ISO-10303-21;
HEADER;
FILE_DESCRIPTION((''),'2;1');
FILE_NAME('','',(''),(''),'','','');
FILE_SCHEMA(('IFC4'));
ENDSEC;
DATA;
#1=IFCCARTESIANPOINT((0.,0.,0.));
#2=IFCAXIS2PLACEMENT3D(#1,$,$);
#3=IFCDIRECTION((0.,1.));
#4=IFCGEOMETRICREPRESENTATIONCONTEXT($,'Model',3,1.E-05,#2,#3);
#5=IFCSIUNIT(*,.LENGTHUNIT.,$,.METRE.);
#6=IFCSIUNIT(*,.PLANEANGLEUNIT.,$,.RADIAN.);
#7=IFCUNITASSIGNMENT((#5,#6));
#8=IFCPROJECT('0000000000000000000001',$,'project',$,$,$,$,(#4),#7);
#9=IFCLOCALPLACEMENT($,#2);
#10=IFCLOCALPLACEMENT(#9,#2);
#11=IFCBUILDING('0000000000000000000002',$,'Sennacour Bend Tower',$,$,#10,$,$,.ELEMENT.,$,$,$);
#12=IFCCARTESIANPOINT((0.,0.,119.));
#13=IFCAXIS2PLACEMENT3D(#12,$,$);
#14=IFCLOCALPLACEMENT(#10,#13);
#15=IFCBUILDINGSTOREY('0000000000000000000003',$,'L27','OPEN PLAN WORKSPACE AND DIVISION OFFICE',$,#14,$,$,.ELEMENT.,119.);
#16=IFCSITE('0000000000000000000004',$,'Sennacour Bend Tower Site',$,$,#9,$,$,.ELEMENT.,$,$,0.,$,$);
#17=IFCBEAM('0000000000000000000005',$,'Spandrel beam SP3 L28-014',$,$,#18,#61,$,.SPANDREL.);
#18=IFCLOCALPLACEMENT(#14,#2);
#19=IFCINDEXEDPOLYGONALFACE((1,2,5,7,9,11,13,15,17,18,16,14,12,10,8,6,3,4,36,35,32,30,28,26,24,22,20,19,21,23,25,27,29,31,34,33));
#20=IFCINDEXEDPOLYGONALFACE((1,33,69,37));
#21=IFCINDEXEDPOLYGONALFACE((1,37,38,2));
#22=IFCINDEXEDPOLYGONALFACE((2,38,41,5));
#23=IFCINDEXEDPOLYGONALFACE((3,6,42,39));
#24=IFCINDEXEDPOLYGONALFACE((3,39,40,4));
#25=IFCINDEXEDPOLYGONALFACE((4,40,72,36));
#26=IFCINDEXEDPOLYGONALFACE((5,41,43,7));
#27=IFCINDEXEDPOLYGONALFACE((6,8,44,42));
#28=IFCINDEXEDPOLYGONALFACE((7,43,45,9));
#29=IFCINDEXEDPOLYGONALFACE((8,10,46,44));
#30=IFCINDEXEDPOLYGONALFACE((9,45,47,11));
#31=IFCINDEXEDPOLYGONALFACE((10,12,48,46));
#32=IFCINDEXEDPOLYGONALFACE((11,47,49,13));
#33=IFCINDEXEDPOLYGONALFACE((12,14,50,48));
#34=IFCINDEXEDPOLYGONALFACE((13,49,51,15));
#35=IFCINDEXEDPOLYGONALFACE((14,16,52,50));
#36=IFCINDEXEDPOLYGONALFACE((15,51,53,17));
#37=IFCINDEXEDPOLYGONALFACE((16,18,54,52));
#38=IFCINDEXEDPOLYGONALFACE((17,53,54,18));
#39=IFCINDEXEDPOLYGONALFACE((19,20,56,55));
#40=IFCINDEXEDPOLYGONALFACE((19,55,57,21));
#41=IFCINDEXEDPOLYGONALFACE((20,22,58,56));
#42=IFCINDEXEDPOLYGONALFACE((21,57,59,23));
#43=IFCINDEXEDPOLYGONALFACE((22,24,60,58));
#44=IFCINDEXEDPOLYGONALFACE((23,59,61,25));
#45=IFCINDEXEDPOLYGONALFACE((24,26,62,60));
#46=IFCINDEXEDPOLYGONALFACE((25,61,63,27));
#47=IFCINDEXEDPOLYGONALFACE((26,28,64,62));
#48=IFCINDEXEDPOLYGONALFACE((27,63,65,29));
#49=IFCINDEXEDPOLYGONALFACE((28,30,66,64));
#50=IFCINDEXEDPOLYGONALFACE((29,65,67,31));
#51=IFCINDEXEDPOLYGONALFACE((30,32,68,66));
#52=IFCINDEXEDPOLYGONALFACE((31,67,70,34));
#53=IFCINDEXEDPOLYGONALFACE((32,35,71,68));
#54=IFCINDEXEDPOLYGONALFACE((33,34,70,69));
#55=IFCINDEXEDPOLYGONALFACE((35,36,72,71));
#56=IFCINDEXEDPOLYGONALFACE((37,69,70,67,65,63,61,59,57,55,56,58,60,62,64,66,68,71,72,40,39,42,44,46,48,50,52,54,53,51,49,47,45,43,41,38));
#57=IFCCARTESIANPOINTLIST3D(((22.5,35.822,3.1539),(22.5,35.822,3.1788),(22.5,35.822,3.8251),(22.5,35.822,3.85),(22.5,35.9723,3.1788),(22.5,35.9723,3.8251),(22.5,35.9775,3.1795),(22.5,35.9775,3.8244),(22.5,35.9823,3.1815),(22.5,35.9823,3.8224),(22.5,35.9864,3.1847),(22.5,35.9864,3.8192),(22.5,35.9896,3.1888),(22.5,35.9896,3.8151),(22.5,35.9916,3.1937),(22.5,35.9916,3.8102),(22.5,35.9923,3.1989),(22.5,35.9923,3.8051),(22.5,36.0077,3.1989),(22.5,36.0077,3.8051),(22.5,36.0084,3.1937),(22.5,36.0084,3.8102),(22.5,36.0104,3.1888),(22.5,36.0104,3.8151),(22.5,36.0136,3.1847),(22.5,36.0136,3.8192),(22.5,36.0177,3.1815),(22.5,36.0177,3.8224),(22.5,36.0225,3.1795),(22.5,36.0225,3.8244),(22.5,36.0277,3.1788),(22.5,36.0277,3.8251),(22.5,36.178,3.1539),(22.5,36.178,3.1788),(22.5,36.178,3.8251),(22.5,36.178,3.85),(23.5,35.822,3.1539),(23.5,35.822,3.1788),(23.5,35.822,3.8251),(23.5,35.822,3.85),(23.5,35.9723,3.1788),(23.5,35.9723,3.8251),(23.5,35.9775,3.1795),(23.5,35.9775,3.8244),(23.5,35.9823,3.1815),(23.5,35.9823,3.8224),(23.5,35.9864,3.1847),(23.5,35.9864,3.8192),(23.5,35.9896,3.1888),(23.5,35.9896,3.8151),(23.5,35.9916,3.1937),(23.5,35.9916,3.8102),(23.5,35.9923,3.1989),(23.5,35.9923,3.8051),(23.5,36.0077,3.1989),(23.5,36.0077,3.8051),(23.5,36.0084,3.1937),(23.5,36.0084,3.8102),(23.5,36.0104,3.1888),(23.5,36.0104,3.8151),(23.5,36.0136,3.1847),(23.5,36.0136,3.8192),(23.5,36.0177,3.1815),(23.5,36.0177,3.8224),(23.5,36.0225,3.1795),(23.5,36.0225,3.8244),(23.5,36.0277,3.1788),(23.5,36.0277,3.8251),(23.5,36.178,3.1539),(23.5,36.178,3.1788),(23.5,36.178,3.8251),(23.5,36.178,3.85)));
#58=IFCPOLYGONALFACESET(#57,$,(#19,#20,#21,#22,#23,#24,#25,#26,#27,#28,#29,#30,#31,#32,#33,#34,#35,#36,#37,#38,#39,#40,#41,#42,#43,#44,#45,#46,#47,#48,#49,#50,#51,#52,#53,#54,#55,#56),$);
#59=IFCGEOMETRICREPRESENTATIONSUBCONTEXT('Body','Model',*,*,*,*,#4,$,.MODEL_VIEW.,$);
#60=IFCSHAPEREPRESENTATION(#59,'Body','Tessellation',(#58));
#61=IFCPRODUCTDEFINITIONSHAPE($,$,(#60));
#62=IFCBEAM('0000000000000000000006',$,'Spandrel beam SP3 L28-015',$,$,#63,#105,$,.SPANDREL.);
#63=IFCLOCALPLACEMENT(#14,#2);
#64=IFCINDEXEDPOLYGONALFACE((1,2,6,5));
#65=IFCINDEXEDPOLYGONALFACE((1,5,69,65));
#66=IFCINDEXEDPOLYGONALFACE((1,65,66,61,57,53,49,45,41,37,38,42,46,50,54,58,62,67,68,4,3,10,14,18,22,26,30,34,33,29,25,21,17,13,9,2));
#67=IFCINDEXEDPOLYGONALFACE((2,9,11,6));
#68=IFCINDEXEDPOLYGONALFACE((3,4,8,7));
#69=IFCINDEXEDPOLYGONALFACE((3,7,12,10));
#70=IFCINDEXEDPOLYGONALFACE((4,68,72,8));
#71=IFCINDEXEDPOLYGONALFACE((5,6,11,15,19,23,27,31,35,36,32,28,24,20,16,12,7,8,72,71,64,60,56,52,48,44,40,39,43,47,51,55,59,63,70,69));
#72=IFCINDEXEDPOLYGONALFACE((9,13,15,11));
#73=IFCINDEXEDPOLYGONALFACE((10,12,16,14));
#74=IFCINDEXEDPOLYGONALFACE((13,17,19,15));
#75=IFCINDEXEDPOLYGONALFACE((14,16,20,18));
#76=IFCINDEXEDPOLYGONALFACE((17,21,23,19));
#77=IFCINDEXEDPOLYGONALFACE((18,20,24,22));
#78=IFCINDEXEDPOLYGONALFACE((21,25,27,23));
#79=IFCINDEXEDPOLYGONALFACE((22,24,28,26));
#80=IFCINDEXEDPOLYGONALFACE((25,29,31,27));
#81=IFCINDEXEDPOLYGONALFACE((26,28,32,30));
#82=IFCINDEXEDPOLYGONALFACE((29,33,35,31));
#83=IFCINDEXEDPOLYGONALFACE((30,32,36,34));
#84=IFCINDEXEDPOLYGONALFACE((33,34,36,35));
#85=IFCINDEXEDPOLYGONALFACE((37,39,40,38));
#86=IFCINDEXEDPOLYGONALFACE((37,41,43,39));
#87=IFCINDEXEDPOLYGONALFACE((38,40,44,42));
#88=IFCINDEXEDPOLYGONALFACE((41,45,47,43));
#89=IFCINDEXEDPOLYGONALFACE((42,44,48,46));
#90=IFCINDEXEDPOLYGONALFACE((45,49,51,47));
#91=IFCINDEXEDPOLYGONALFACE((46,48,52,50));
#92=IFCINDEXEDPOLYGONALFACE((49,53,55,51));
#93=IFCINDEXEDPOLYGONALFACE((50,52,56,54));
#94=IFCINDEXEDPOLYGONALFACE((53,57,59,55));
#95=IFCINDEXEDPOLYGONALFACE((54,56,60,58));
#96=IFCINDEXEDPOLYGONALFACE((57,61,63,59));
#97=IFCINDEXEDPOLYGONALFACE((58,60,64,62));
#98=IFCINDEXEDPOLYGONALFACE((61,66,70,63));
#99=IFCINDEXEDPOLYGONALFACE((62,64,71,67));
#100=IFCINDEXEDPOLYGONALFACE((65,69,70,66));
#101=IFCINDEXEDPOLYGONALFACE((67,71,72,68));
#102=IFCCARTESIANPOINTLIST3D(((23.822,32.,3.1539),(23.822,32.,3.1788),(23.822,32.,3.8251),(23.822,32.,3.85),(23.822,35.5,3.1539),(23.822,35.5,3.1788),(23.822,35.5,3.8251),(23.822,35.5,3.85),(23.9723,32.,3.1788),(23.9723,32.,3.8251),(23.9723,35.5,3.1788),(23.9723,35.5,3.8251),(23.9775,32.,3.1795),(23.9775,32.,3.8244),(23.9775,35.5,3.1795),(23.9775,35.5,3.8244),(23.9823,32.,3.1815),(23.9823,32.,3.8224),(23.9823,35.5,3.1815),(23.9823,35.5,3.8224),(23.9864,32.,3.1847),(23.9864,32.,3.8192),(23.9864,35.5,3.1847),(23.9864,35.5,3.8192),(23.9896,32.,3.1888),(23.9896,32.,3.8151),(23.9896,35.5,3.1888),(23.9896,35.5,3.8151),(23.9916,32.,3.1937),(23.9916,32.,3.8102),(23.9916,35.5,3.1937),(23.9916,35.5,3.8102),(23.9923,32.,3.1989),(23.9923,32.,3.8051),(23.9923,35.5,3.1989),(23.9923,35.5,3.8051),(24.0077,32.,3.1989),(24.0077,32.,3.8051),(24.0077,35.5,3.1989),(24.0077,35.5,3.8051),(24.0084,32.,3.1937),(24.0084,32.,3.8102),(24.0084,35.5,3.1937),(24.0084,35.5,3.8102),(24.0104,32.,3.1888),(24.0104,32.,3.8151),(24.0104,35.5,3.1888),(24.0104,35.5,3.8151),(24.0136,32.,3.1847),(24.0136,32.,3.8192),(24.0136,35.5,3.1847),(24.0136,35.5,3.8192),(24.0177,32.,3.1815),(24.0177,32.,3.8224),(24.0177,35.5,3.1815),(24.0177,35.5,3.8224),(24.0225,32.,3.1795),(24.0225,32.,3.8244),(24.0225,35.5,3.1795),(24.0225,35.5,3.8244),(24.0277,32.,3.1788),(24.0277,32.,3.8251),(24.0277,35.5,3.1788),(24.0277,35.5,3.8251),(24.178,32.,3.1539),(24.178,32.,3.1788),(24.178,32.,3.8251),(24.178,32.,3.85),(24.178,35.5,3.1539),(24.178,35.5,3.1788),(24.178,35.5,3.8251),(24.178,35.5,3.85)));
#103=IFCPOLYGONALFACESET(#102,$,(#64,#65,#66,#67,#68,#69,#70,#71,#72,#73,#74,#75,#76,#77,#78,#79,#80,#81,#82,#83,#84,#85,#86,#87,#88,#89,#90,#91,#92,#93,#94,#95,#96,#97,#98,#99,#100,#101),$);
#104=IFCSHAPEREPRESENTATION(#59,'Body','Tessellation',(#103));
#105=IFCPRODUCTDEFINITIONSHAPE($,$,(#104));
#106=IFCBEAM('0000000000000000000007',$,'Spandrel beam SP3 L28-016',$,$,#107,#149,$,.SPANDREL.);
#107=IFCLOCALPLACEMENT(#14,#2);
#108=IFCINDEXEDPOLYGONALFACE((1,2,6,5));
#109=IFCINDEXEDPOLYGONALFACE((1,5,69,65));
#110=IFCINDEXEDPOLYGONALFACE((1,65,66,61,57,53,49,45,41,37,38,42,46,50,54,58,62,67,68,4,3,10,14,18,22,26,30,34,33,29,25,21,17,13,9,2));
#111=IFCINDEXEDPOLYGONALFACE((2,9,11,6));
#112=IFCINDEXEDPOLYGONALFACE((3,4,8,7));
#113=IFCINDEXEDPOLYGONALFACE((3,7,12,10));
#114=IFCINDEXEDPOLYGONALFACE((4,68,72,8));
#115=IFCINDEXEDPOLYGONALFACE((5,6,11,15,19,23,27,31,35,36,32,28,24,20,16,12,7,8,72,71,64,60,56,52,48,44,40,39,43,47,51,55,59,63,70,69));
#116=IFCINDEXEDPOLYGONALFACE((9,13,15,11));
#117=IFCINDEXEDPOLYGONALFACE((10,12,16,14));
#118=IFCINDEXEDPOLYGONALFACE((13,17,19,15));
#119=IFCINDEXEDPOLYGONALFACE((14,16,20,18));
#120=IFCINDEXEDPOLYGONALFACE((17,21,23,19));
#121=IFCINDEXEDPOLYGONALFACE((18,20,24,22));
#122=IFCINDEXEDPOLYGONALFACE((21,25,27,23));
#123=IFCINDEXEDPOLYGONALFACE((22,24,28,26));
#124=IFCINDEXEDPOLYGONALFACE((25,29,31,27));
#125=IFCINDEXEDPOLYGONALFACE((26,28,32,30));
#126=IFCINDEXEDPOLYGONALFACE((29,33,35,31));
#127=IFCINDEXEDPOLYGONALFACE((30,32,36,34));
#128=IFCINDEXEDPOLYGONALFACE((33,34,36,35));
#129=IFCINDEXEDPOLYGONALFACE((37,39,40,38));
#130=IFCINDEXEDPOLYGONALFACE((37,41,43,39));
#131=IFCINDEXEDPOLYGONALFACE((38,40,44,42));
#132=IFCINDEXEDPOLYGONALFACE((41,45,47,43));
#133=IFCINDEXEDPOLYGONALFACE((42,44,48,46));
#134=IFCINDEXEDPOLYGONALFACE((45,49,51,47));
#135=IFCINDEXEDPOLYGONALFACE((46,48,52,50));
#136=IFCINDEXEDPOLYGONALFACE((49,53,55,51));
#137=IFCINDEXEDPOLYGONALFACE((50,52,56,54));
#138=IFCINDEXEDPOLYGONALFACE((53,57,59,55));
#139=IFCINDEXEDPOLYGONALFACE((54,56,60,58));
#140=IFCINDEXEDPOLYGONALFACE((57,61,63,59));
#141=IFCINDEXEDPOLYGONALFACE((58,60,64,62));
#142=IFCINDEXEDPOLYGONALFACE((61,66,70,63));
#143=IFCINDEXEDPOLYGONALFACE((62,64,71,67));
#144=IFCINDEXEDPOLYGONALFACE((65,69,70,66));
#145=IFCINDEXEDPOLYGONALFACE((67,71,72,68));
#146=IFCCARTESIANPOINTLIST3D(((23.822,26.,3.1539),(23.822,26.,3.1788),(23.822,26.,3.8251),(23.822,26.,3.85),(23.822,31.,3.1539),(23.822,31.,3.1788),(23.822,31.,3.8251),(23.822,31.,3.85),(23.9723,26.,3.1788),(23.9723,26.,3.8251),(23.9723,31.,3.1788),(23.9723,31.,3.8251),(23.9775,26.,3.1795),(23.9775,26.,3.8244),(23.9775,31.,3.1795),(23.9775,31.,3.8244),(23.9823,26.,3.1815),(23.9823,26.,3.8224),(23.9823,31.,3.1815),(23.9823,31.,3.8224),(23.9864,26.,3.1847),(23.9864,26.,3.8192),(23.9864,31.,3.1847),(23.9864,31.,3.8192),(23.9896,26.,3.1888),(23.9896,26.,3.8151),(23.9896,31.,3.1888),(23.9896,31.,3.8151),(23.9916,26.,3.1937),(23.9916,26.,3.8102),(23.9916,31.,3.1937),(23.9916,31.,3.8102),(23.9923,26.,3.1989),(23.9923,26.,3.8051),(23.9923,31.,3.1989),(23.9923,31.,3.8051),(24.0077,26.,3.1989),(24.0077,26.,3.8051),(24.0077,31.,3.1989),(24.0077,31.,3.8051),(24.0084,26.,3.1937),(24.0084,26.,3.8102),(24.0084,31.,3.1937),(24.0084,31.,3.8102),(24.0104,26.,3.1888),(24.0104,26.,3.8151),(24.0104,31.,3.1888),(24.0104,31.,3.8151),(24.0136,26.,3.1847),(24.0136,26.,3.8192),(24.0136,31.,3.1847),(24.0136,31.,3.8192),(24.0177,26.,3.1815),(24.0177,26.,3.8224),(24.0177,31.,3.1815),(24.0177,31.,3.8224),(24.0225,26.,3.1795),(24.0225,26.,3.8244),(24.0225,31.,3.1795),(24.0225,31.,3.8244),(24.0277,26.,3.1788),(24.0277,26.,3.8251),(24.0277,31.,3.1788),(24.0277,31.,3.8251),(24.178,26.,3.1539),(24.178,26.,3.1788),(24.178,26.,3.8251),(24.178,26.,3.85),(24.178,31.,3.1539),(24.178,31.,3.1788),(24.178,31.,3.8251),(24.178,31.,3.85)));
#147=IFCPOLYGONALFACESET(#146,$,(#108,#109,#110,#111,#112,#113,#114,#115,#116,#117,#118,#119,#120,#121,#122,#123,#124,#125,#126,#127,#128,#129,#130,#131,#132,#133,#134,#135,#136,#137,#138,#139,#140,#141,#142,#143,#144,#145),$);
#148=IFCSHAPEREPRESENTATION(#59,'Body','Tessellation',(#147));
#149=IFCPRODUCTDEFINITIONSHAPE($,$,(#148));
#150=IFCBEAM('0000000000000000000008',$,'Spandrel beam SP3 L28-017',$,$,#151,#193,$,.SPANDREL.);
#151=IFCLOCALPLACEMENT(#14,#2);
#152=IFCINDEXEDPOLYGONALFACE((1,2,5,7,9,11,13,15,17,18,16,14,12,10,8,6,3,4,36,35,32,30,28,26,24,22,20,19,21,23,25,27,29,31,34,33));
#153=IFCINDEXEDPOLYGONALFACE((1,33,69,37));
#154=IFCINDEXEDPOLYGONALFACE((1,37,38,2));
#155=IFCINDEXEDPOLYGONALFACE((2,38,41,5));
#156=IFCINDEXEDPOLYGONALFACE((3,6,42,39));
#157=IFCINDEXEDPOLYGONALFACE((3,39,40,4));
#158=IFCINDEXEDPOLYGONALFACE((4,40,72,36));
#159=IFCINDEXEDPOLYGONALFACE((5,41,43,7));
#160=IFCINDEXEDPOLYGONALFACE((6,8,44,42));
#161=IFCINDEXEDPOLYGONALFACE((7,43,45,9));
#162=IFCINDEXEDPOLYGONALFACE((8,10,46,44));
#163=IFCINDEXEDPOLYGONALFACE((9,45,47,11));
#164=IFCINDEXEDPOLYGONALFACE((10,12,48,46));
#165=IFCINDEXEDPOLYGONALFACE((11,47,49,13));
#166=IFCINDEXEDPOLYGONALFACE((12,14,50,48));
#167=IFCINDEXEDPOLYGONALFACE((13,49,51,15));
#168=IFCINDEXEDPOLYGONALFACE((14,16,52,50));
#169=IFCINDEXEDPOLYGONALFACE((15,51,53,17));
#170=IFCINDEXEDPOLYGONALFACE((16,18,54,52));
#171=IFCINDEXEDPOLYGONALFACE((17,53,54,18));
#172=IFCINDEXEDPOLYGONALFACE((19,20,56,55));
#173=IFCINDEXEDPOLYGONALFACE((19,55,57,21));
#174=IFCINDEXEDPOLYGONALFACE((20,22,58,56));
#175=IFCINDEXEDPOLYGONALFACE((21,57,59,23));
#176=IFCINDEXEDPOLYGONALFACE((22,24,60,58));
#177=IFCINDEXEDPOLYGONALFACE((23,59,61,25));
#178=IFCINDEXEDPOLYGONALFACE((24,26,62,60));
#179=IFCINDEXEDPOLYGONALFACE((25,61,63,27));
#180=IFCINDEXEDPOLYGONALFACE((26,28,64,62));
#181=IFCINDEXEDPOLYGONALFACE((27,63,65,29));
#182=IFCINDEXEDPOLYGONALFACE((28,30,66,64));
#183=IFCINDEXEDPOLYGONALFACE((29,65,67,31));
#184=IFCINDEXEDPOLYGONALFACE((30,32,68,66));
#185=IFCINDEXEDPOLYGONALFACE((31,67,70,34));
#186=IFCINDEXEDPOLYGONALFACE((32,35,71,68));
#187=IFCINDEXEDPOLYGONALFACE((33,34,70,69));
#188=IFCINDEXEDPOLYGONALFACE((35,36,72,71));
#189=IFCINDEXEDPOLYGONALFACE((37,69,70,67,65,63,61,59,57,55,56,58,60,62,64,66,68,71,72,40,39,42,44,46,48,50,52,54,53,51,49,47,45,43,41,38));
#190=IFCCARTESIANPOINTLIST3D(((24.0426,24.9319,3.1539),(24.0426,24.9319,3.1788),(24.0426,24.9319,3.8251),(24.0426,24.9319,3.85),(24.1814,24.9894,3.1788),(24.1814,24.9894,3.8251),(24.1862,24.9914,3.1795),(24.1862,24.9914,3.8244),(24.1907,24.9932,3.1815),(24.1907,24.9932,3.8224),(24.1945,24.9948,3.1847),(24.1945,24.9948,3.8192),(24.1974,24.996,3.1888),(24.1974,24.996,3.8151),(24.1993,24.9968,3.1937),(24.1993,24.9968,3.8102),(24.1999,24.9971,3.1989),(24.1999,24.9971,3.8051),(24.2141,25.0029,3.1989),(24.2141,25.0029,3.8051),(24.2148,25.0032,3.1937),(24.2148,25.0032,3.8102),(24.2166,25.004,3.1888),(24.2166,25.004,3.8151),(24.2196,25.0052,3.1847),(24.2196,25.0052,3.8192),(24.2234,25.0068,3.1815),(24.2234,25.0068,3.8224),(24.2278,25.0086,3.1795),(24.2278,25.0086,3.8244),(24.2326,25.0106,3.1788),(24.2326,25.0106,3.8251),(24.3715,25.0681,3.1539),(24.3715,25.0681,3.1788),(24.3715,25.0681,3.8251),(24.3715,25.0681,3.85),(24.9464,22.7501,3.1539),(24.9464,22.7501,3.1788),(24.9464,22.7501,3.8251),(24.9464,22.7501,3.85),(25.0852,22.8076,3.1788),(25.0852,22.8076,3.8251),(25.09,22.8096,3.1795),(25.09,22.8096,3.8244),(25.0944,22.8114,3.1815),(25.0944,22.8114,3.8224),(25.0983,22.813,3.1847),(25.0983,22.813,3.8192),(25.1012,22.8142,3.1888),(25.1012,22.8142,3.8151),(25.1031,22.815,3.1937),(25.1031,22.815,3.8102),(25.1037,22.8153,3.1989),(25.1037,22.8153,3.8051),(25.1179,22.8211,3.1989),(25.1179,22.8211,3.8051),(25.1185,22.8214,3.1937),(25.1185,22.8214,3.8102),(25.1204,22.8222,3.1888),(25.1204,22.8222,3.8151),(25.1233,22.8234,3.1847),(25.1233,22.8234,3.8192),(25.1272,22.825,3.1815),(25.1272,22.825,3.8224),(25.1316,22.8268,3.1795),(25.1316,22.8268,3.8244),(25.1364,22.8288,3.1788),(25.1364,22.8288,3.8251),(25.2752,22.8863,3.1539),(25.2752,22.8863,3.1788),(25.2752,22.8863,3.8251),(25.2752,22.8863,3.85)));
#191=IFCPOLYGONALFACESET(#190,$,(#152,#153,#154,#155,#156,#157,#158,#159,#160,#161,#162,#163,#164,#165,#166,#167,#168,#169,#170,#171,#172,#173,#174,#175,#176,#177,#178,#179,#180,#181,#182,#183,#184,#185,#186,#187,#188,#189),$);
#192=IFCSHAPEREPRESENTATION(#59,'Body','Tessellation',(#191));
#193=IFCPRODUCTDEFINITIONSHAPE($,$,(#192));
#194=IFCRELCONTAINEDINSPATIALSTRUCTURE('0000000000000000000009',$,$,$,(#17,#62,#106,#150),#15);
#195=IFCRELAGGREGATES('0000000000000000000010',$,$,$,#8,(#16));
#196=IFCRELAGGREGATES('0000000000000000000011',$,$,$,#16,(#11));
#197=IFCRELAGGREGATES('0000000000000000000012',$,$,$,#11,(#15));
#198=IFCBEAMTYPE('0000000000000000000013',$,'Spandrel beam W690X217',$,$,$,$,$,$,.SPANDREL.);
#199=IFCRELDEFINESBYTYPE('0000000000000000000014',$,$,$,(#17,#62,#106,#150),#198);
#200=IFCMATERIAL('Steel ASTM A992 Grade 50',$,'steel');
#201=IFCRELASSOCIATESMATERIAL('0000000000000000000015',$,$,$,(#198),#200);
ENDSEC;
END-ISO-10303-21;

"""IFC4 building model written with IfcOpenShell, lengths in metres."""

from ifc_helpers import new_model, si_unit, direction, frame, origin, origin_2d, place, context, subcontext, project, spatial, i_section, extrude, material, material_profile, profile_set, type_object, element, save


model = new_model("IFC4")

# Units and contexts
model_context = context("Model", 3, precision=1e-05, world=origin(), true_north=direction((0.0, 1.0)))
body_context = subcontext(model_context, "Body", "Model", "MODEL_VIEW")
ifc_project = project(units=[si_unit("LENGTHUNIT", "METRE"), si_unit("PLANEANGLEUNIT", "RADIAN")], contexts=[model_context])

# Site, building, storey
site_placement = place(None, origin())
site = spatial("IfcSite", under=ifc_project, at=site_placement, Name="Sennacour Bend Tower Site", CompositionType="ELEMENT", RefElevation=0.0)
building_placement = place(site_placement, origin())
building = spatial("IfcBuilding", under=site, at=building_placement, Name="Sennacour Bend Tower", CompositionType="ELEMENT")
storey_placement = place(building_placement, frame((0.0, 0.0, 119.0)))
storey = spatial("IfcBuildingStorey", under=building, at=storey_placement, Name="L27", Description="OPEN PLAN WORKSPACE AND DIVISION OFFICE", CompositionType="ELEMENT", Elevation=119.0)

# Beams
ifc_material_1 = material(Name="Steel ASTM A992 Grade 50", Category="steel")
ifc_material_profile_1 = material_profile(ifc_material_1, i_section(OverallWidth=0.356, OverallDepth=0.696, WebThickness=0.0154, FlangeThickness=0.0249, FilletRadius=0.02, at=origin_2d()), Name="Steel ASTM A992 Grade 50", Category="steel")
ifc_profile_set_1 = profile_set([ifc_material_profile_1], Name="Steel ASTM A992 Grade 50")
beam_type_1 = type_object("IfcBeamType", Name="Spandrel beam W690X217", PredefinedType="SPANDREL", material=ifc_profile_set_1)
beam_1_placement = place(storey_placement, frame((22.5, 36.0, 3.502), z_axis=(1.0, 0.0, 0.0), x_axis=(0.0, 1.0, 0.0)))
element("IfcBeam", 1, at=beam_1_placement, inside=storey, type_object=beam_type_1, Name="Spandrel beam SP3 L28-014", PredefinedType="SPANDREL", context=body_context, shape_type="SweptSolid", body=[
    extrude(i_section(OverallWidth=0.356, OverallDepth=0.696, WebThickness=0.0154, FlangeThickness=0.0249, FilletRadius=0.02, at=origin_2d()), origin(), (0.0, 0.0, 1.0), 1.0),
])
beam_2_placement = place(storey_placement, frame((24.0, 35.5, 3.502), z_axis=(0.0, -1.0, 0.0), x_axis=(1.0, 0.0, 0.0)))
element("IfcBeam", 2, at=beam_2_placement, inside=storey, type_object=beam_type_1, Name="Spandrel beam SP3 L28-015", PredefinedType="SPANDREL", context=body_context, shape_type="SweptSolid", body=[
    extrude(i_section(OverallWidth=0.356, OverallDepth=0.696, WebThickness=0.0154, FlangeThickness=0.0249, FilletRadius=0.02, at=origin_2d()), origin(), (0.0, 0.0, 1.0), 3.5),
])
beam_3_placement = place(storey_placement, frame((24.0, 31.0, 3.502), z_axis=(0.0, -1.0, 0.0), x_axis=(1.0, 0.0, 0.0)))
element("IfcBeam", 3, at=beam_3_placement, inside=storey, type_object=beam_type_1, Name="Spandrel beam SP3 L28-016", PredefinedType="SPANDREL", context=body_context, shape_type="SweptSolid", body=[
    extrude(i_section(OverallWidth=0.356, OverallDepth=0.696, WebThickness=0.0154, FlangeThickness=0.0249, FilletRadius=0.02, at=origin_2d()), origin(), (0.0, 0.0, 1.0), 5.0),
])
for number, where, z_axis, x_axis, name in (
    (4, (24.207, 25.0, 3.502), (0.382699, -0.923873, 0.0), (0.923873, 0.382699, 0.0), "Spandrel beam SP3 L28-017"),
):
    element("IfcBeam", number, at=place(storey_placement, frame(where, z_axis=z_axis, x_axis=x_axis)), inside=storey, type_object=beam_type_1, Name=name, PredefinedType="SPANDREL", context=body_context, shape_type="SweptSolid", body=[
        extrude(i_section(OverallWidth=0.356, OverallDepth=0.696, WebThickness=0.0154, FlangeThickness=0.0249, FilletRadius=0.02, at=origin_2d()), origin(), (0.0, 0.0, 1.0), 2.3616),
    ])

save(model, "model.ifc")
